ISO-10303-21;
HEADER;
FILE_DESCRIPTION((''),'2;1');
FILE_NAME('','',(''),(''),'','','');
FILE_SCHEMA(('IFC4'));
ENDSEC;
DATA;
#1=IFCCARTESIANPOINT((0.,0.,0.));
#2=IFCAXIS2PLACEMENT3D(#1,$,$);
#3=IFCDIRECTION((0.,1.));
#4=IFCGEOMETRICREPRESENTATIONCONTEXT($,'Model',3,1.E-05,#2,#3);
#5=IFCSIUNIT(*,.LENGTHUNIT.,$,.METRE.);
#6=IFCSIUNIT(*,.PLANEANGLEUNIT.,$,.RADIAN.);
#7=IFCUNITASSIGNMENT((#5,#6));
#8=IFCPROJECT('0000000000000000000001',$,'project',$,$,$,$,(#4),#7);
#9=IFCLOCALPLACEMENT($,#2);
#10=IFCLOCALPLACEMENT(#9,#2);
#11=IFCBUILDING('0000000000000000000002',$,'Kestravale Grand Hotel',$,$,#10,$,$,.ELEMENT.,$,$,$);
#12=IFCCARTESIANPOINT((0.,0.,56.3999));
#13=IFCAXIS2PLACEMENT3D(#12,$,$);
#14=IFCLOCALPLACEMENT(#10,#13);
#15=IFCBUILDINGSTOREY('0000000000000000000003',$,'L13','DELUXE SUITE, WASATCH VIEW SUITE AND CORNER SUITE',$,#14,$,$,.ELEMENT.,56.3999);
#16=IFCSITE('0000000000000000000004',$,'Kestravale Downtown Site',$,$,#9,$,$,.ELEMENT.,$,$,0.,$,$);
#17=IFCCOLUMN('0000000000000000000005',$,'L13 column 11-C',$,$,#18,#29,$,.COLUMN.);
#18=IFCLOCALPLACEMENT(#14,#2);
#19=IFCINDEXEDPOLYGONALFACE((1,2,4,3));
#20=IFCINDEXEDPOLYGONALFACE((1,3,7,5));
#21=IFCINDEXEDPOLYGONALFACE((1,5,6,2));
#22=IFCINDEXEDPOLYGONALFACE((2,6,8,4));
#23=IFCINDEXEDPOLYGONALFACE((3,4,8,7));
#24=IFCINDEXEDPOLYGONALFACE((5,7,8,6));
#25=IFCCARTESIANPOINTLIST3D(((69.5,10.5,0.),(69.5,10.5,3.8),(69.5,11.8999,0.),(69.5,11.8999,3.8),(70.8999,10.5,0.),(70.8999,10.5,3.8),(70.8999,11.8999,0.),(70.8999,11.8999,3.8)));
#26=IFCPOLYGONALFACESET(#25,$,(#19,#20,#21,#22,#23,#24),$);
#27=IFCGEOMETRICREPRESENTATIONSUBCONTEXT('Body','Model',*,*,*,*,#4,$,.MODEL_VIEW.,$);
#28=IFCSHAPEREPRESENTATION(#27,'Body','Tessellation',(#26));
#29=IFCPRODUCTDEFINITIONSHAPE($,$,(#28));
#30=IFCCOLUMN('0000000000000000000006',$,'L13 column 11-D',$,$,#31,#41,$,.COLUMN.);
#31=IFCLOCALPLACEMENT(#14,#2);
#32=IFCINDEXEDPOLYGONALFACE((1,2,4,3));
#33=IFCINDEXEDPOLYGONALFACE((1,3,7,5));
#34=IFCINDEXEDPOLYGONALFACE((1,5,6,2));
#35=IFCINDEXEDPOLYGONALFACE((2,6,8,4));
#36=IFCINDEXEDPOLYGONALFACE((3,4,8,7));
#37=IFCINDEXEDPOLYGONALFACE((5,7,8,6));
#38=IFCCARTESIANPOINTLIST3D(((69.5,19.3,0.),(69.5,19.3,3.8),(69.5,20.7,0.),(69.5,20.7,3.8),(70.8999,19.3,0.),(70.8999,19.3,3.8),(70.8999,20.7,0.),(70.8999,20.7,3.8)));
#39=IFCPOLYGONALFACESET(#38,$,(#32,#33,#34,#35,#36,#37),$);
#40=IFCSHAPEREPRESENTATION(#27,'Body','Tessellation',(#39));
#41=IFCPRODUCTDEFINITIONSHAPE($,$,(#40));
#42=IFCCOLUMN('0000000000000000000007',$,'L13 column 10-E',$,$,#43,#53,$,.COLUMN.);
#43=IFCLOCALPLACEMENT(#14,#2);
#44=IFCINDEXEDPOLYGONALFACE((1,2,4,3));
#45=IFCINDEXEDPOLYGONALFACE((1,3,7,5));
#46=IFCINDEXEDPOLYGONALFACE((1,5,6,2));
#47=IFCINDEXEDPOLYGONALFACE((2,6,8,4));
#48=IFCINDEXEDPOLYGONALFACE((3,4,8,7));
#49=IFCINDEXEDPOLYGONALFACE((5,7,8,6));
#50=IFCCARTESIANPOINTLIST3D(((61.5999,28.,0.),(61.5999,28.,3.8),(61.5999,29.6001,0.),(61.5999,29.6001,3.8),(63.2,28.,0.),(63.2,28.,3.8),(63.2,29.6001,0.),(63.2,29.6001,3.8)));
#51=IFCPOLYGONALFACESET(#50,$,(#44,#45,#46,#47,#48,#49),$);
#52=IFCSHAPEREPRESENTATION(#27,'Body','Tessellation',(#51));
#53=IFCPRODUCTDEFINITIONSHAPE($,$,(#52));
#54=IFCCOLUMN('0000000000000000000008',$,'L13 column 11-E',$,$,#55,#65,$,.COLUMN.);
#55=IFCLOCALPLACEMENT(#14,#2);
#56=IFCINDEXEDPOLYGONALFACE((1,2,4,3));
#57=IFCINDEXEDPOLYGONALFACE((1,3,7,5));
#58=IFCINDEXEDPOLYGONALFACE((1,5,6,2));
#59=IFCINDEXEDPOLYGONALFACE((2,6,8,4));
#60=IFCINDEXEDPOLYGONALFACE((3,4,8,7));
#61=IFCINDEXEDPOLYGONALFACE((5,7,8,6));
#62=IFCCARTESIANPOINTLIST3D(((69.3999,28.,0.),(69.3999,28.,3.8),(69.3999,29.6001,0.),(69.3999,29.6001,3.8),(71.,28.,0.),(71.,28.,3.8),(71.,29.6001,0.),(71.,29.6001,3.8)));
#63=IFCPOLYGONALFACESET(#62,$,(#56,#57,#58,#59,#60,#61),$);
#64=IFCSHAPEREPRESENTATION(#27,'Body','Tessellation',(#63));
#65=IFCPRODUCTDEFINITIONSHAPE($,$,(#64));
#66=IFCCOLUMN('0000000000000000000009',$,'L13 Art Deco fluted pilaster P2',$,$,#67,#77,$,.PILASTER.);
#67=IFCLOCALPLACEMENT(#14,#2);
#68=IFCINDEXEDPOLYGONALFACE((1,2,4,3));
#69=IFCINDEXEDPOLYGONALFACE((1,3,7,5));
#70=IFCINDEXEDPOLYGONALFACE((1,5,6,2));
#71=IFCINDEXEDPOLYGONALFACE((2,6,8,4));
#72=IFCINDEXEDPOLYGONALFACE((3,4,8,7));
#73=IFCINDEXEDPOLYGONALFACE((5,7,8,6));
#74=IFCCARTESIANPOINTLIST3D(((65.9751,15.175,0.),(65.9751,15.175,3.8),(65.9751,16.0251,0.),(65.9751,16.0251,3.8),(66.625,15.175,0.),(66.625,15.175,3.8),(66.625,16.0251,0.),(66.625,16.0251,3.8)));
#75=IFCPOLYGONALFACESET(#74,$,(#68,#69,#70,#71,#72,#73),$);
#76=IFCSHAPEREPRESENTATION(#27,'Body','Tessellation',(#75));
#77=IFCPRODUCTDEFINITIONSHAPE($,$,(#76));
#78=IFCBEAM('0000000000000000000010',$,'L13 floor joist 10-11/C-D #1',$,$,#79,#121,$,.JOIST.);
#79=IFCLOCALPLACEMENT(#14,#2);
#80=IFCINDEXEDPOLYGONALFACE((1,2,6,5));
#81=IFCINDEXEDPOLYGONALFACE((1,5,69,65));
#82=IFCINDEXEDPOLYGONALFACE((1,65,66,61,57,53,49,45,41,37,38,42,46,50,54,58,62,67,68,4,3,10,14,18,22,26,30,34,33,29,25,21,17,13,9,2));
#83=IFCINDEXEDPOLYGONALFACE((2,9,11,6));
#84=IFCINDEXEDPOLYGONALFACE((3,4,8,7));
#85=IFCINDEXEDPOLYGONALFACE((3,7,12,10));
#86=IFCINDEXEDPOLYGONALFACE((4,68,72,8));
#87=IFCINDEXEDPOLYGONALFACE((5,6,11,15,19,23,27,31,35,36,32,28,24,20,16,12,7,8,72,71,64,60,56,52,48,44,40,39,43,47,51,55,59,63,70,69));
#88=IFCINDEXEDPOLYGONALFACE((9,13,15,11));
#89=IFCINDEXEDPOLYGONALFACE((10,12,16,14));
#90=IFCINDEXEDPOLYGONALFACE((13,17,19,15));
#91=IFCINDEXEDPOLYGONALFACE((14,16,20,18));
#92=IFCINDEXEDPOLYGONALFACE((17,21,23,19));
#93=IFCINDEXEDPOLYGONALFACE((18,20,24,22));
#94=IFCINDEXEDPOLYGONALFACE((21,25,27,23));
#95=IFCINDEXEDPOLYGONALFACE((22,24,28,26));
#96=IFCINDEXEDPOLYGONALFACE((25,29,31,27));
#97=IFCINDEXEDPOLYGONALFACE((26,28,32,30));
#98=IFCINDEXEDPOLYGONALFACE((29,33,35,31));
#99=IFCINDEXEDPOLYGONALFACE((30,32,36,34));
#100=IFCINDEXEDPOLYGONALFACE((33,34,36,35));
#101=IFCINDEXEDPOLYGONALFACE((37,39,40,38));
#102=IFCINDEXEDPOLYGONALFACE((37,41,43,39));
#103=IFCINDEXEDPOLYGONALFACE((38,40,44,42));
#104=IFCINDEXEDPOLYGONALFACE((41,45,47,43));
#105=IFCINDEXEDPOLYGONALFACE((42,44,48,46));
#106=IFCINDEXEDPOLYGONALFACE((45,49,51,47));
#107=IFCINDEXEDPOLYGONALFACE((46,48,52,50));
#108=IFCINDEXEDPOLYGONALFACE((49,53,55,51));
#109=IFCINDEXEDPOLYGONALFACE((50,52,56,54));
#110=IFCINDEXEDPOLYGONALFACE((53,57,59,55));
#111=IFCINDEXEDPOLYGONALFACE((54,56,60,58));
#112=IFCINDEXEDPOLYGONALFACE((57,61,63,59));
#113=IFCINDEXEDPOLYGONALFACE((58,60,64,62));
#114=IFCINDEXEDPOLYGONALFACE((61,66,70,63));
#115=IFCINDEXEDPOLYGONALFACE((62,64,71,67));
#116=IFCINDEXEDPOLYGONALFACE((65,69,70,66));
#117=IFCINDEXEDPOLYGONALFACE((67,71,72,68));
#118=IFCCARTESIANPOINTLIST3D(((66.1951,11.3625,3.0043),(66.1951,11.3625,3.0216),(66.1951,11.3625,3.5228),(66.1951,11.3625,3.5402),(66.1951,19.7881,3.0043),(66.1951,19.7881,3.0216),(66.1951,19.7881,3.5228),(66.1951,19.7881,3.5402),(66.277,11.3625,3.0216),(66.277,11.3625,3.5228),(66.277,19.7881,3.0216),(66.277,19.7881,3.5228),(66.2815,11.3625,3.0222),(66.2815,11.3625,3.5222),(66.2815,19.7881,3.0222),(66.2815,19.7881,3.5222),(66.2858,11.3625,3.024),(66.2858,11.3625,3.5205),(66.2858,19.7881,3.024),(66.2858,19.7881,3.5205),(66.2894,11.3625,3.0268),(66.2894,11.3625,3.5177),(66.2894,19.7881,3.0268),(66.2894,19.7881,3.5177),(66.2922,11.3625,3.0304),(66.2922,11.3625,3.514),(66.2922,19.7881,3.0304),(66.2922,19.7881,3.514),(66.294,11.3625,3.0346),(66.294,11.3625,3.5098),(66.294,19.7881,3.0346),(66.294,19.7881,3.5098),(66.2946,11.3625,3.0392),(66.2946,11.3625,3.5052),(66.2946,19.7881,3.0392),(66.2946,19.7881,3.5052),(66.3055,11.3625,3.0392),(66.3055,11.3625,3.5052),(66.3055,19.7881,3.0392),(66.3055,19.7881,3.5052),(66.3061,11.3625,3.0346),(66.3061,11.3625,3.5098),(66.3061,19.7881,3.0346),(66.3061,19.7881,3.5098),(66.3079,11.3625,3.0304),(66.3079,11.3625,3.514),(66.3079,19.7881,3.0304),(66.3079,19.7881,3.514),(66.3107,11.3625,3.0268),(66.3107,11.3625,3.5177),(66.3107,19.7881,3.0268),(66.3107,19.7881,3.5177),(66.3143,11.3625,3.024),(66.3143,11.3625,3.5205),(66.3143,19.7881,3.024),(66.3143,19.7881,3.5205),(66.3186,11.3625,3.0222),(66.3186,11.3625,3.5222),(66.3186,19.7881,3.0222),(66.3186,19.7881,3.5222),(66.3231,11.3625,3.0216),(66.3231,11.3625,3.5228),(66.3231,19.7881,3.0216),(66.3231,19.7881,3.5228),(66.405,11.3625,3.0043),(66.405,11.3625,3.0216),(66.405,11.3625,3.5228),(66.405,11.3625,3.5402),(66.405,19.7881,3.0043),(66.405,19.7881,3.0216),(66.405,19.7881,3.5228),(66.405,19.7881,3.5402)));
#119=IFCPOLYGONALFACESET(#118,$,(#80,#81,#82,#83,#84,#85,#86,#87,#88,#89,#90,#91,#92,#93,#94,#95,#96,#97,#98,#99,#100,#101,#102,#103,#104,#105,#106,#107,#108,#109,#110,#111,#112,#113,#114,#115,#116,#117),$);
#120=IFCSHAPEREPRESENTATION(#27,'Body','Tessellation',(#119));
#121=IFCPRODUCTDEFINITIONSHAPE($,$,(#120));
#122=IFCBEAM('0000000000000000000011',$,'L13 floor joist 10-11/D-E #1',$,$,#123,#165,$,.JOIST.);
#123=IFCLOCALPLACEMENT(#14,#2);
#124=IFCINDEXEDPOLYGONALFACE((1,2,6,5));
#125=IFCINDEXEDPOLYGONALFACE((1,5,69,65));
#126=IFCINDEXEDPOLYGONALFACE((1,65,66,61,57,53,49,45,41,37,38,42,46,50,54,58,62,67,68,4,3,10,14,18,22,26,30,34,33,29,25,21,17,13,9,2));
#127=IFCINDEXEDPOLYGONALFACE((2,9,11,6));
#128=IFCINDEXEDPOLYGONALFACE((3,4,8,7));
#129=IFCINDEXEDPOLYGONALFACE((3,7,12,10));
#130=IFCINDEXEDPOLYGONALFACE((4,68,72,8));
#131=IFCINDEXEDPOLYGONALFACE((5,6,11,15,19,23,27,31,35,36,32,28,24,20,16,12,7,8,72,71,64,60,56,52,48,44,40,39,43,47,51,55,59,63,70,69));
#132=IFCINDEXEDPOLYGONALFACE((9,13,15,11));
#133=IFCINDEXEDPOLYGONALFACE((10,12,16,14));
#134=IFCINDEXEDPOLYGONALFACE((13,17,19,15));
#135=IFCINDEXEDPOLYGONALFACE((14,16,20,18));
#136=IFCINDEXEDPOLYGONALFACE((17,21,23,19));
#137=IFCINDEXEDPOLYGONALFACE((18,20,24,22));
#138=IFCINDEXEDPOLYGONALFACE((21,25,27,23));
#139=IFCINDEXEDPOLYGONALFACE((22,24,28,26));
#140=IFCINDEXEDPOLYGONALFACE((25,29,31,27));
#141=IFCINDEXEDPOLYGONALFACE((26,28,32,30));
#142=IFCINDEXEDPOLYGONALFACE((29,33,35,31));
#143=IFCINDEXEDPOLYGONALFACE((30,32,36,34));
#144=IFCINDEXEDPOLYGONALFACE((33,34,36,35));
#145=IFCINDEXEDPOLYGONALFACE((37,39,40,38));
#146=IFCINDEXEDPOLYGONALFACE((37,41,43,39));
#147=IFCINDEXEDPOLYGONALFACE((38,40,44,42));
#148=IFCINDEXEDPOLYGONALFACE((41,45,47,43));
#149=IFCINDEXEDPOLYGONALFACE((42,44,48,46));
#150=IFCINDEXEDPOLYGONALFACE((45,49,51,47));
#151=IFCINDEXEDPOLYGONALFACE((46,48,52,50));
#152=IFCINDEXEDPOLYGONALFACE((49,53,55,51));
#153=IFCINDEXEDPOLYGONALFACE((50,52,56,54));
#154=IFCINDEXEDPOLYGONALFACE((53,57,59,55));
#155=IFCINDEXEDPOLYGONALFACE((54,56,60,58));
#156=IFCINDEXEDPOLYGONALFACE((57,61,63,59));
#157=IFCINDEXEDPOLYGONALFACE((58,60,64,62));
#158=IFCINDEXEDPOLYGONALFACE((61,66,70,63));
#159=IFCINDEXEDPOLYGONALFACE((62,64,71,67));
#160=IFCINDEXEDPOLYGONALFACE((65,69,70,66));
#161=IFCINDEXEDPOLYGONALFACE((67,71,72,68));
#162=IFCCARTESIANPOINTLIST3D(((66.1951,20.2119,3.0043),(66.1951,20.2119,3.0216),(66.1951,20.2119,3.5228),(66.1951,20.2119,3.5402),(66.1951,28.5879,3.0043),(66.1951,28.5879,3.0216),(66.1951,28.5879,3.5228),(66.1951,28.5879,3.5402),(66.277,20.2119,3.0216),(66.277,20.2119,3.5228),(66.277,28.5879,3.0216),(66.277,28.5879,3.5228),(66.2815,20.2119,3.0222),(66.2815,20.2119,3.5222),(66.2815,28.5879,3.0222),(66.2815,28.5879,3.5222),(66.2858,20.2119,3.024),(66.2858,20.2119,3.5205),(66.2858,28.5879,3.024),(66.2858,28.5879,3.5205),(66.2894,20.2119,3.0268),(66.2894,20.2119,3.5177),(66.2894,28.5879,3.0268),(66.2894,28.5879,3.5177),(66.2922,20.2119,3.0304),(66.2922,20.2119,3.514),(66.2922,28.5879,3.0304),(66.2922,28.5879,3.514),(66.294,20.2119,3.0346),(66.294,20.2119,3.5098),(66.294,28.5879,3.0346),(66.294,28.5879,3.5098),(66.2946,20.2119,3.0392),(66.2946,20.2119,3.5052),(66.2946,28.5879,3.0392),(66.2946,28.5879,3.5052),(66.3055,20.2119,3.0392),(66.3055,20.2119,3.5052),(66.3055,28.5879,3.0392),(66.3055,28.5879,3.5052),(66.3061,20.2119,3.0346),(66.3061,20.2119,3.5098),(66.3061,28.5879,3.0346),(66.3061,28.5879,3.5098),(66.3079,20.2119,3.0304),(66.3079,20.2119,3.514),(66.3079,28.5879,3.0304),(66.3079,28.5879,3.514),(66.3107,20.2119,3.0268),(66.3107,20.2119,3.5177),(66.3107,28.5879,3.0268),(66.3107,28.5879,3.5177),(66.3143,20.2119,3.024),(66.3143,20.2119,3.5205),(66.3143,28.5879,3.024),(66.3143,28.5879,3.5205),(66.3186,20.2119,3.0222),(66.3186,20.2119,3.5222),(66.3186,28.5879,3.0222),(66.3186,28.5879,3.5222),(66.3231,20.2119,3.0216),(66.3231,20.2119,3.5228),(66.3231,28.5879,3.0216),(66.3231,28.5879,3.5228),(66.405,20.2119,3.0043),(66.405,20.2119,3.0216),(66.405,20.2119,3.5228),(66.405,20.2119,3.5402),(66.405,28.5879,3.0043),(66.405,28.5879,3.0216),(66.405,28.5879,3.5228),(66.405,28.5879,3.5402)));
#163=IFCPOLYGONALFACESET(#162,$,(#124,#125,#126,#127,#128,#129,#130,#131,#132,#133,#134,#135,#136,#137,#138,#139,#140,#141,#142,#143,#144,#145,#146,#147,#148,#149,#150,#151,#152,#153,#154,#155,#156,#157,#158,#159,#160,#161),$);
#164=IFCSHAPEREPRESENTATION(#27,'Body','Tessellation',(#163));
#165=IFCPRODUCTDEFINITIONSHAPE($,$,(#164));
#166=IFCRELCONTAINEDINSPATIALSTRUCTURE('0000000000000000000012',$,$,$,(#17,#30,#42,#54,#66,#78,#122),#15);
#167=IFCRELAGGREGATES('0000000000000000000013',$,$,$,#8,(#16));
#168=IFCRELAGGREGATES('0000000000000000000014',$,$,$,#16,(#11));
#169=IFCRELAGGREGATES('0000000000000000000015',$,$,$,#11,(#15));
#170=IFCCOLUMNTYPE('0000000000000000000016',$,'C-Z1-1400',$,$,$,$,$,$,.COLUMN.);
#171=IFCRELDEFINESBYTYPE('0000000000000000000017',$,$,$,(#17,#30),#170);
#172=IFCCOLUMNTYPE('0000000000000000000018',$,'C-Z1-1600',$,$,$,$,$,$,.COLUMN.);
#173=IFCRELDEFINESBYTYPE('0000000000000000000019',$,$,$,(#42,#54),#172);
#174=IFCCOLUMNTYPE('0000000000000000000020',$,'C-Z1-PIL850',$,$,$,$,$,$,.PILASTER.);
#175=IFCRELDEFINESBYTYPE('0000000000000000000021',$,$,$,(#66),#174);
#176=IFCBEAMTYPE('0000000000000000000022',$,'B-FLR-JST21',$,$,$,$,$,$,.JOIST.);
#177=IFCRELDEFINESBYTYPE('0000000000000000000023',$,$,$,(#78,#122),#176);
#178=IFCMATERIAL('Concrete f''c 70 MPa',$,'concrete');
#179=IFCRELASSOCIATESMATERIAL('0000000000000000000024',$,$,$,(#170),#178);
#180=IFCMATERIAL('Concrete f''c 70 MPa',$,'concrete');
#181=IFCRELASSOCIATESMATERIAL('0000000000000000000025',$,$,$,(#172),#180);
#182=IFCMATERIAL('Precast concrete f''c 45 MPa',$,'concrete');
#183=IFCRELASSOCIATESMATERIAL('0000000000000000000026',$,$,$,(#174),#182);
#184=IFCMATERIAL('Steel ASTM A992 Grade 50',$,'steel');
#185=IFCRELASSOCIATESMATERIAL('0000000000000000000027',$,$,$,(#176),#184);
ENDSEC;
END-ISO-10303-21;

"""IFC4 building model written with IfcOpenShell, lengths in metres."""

from ifc_helpers import new_model, si_unit, direction, frame, origin, origin_2d, place, context, subcontext, project, spatial, rectangle, i_section, extrude, material, material_profile, profile_set, type_object, element, save


model = new_model("IFC4")

# Units and contexts
model_context = context("Model", 3, precision=1e-05, world=origin(), true_north=direction((0.0, 1.0)))
body_context = subcontext(model_context, "Body", "Model", "MODEL_VIEW")
ifc_project = project(units=[si_unit("LENGTHUNIT", "METRE"), si_unit("PLANEANGLEUNIT", "RADIAN")], contexts=[model_context])

# Site, building, storey
site_placement = place(None, origin())
site = spatial("IfcSite", under=ifc_project, at=site_placement, Name="Kestravale Downtown Site", CompositionType="ELEMENT", RefElevation=0.0)
building_placement = place(site_placement, origin())
building = spatial("IfcBuilding", under=site, at=building_placement, Name="Kestravale Grand Hotel", CompositionType="ELEMENT")
storey_placement = place(building_placement, frame((0.0, 0.0, 56.3999)))
storey = spatial("IfcBuildingStorey", under=building, at=storey_placement, Name="L13", Description="DELUXE SUITE, WASATCH VIEW SUITE AND CORNER SUITE", CompositionType="ELEMENT", Elevation=56.3999)

# Columns
ifc_material_1 = material(Name="Concrete f'c 70 MPa", Category="concrete")
ifc_material_profile_1 = material_profile(ifc_material_1, rectangle(XDim=1.3999, YDim=1.3999, at=origin_2d()))
ifc_profile_set_1 = profile_set([ifc_material_profile_1], Name="Concrete f'c 70 MPa")
column_type_1 = type_object("IfcColumnType", Name="C-Z1-1400", PredefinedType="COLUMN", material=ifc_profile_set_1)
for number, where, z_axis, x_axis, name in (
    (1, (70.2, 11.2, 0.0), (0.0, 0.0, 1.0), (1.0, 0.0, 0.0), "L13 column 11-C"),
    (2, (70.2, 20.0, 0.0), (0.0, 0.0, 1.0), (1.0, 0.0, 0.0), "L13 column 11-D"),
):
    element("IfcColumn", number, at=place(storey_placement, frame(where, z_axis=z_axis, x_axis=x_axis)), inside=storey, type_object=column_type_1, Name=name, PredefinedType="COLUMN", context=body_context, shape_type="SweptSolid", body=[
        extrude(rectangle(XDim=1.3999, YDim=1.3999, at=origin_2d()), origin(), (0.0, 0.0, 1.0), 3.8),
    ])
ifc_material_2 = material(Name="Concrete f'c 70 MPa", Category="concrete")
ifc_material_profile_2 = material_profile(ifc_material_2, rectangle(XDim=1.6001, YDim=1.6001, at=origin_2d()))
ifc_profile_set_2 = profile_set([ifc_material_profile_2], Name="Concrete f'c 70 MPa")
column_type_2 = type_object("IfcColumnType", Name="C-Z1-1600", PredefinedType="COLUMN", material=ifc_profile_set_2)
for number, where, z_axis, x_axis, name in (
    (3, (62.3999, 28.8, 0.0), (0.0, 0.0, 1.0), (1.0, 0.0, 0.0), "L13 column 10-E"),
    (4, (70.2, 28.8, 0.0), (0.0, 0.0, 1.0), (1.0, 0.0, 0.0), "L13 column 11-E"),
):
    element("IfcColumn", number, at=place(storey_placement, frame(where, z_axis=z_axis, x_axis=x_axis)), inside=storey, type_object=column_type_2, Name=name, PredefinedType="COLUMN", context=body_context, shape_type="SweptSolid", body=[
        extrude(rectangle(XDim=1.6001, YDim=1.6001, at=origin_2d()), origin(), (0.0, 0.0, 1.0), 3.8),
    ])
ifc_material_3 = material(Name="Precast concrete f'c 45 MPa", Category="concrete")
ifc_material_profile_3 = material_profile(ifc_material_3, rectangle(XDim=0.6499, YDim=0.8501, at=origin_2d()))
ifc_profile_set_3 = profile_set([ifc_material_profile_3], Name="Precast concrete f'c 45 MPa")
column_type_3 = type_object("IfcColumnType", Name="C-Z1-PIL850", PredefinedType="PILASTER", material=ifc_profile_set_3)
column_placement = place(storey_placement, frame((66.3, 15.6001, 0.0), z_axis=(0.0, 0.0, 1.0), x_axis=(1.0, 0.0, 0.0)))
element("IfcColumn", 5, at=column_placement, inside=storey, type_object=column_type_3, Name="L13 Art Deco fluted pilaster P2", PredefinedType="PILASTER", context=body_context, shape_type="SweptSolid", body=[
    extrude(rectangle(XDim=0.6499, YDim=0.8501, at=origin_2d()), origin(), (0.0, 0.0, 1.0), 3.8),
])

# Beams
ifc_material_4 = material(Name="Steel ASTM A992 Grade 50", Category="steel")
ifc_material_profile_4 = material_profile(ifc_material_4, i_section(OverallWidth=0.21, OverallDepth=0.5359, WebThickness=0.011, FlangeThickness=0.0173, FilletRadius=0.0176, at=origin_2d()))
ifc_profile_set_4 = profile_set([ifc_material_profile_4], Name="Steel ASTM A992 Grade 50")
beam_type_1 = type_object("IfcBeamType", Name="B-FLR-JST21", PredefinedType="JOIST", material=ifc_profile_set_4)
beam_1_placement = place(storey_placement, frame((66.3, 11.3625, 3.2722), z_axis=(0.0, 1.0, 0.0), x_axis=(-1.0, 0.0, 0.0)))
element("IfcBeam", 6, at=beam_1_placement, inside=storey, type_object=beam_type_1, Name="L13 floor joist 10-11/C-D #1", PredefinedType="JOIST", context=body_context, shape_type="SweptSolid", body=[
    extrude(i_section(OverallWidth=0.21, OverallDepth=0.5359, WebThickness=0.011, FlangeThickness=0.0173, FilletRadius=0.0176, at=origin_2d()), origin(), (0.0, 0.0, 1.0), 8.4255),
])
beam_2_placement = place(storey_placement, frame((66.3, 20.2119, 3.2722), z_axis=(0.0, 1.0, 0.0), x_axis=(-1.0, 0.0, 0.0)))
element("IfcBeam", 7, at=beam_2_placement, inside=storey, type_object=beam_type_1, Name="L13 floor joist 10-11/D-E #1", PredefinedType="JOIST", context=body_context, shape_type="SweptSolid", body=[
    extrude(i_section(OverallWidth=0.21, OverallDepth=0.5359, WebThickness=0.011, FlangeThickness=0.0173, FilletRadius=0.0176, at=origin_2d()), origin(), (0.0, 0.0, 1.0), 8.376),
])

save(model, "model.ifc")
